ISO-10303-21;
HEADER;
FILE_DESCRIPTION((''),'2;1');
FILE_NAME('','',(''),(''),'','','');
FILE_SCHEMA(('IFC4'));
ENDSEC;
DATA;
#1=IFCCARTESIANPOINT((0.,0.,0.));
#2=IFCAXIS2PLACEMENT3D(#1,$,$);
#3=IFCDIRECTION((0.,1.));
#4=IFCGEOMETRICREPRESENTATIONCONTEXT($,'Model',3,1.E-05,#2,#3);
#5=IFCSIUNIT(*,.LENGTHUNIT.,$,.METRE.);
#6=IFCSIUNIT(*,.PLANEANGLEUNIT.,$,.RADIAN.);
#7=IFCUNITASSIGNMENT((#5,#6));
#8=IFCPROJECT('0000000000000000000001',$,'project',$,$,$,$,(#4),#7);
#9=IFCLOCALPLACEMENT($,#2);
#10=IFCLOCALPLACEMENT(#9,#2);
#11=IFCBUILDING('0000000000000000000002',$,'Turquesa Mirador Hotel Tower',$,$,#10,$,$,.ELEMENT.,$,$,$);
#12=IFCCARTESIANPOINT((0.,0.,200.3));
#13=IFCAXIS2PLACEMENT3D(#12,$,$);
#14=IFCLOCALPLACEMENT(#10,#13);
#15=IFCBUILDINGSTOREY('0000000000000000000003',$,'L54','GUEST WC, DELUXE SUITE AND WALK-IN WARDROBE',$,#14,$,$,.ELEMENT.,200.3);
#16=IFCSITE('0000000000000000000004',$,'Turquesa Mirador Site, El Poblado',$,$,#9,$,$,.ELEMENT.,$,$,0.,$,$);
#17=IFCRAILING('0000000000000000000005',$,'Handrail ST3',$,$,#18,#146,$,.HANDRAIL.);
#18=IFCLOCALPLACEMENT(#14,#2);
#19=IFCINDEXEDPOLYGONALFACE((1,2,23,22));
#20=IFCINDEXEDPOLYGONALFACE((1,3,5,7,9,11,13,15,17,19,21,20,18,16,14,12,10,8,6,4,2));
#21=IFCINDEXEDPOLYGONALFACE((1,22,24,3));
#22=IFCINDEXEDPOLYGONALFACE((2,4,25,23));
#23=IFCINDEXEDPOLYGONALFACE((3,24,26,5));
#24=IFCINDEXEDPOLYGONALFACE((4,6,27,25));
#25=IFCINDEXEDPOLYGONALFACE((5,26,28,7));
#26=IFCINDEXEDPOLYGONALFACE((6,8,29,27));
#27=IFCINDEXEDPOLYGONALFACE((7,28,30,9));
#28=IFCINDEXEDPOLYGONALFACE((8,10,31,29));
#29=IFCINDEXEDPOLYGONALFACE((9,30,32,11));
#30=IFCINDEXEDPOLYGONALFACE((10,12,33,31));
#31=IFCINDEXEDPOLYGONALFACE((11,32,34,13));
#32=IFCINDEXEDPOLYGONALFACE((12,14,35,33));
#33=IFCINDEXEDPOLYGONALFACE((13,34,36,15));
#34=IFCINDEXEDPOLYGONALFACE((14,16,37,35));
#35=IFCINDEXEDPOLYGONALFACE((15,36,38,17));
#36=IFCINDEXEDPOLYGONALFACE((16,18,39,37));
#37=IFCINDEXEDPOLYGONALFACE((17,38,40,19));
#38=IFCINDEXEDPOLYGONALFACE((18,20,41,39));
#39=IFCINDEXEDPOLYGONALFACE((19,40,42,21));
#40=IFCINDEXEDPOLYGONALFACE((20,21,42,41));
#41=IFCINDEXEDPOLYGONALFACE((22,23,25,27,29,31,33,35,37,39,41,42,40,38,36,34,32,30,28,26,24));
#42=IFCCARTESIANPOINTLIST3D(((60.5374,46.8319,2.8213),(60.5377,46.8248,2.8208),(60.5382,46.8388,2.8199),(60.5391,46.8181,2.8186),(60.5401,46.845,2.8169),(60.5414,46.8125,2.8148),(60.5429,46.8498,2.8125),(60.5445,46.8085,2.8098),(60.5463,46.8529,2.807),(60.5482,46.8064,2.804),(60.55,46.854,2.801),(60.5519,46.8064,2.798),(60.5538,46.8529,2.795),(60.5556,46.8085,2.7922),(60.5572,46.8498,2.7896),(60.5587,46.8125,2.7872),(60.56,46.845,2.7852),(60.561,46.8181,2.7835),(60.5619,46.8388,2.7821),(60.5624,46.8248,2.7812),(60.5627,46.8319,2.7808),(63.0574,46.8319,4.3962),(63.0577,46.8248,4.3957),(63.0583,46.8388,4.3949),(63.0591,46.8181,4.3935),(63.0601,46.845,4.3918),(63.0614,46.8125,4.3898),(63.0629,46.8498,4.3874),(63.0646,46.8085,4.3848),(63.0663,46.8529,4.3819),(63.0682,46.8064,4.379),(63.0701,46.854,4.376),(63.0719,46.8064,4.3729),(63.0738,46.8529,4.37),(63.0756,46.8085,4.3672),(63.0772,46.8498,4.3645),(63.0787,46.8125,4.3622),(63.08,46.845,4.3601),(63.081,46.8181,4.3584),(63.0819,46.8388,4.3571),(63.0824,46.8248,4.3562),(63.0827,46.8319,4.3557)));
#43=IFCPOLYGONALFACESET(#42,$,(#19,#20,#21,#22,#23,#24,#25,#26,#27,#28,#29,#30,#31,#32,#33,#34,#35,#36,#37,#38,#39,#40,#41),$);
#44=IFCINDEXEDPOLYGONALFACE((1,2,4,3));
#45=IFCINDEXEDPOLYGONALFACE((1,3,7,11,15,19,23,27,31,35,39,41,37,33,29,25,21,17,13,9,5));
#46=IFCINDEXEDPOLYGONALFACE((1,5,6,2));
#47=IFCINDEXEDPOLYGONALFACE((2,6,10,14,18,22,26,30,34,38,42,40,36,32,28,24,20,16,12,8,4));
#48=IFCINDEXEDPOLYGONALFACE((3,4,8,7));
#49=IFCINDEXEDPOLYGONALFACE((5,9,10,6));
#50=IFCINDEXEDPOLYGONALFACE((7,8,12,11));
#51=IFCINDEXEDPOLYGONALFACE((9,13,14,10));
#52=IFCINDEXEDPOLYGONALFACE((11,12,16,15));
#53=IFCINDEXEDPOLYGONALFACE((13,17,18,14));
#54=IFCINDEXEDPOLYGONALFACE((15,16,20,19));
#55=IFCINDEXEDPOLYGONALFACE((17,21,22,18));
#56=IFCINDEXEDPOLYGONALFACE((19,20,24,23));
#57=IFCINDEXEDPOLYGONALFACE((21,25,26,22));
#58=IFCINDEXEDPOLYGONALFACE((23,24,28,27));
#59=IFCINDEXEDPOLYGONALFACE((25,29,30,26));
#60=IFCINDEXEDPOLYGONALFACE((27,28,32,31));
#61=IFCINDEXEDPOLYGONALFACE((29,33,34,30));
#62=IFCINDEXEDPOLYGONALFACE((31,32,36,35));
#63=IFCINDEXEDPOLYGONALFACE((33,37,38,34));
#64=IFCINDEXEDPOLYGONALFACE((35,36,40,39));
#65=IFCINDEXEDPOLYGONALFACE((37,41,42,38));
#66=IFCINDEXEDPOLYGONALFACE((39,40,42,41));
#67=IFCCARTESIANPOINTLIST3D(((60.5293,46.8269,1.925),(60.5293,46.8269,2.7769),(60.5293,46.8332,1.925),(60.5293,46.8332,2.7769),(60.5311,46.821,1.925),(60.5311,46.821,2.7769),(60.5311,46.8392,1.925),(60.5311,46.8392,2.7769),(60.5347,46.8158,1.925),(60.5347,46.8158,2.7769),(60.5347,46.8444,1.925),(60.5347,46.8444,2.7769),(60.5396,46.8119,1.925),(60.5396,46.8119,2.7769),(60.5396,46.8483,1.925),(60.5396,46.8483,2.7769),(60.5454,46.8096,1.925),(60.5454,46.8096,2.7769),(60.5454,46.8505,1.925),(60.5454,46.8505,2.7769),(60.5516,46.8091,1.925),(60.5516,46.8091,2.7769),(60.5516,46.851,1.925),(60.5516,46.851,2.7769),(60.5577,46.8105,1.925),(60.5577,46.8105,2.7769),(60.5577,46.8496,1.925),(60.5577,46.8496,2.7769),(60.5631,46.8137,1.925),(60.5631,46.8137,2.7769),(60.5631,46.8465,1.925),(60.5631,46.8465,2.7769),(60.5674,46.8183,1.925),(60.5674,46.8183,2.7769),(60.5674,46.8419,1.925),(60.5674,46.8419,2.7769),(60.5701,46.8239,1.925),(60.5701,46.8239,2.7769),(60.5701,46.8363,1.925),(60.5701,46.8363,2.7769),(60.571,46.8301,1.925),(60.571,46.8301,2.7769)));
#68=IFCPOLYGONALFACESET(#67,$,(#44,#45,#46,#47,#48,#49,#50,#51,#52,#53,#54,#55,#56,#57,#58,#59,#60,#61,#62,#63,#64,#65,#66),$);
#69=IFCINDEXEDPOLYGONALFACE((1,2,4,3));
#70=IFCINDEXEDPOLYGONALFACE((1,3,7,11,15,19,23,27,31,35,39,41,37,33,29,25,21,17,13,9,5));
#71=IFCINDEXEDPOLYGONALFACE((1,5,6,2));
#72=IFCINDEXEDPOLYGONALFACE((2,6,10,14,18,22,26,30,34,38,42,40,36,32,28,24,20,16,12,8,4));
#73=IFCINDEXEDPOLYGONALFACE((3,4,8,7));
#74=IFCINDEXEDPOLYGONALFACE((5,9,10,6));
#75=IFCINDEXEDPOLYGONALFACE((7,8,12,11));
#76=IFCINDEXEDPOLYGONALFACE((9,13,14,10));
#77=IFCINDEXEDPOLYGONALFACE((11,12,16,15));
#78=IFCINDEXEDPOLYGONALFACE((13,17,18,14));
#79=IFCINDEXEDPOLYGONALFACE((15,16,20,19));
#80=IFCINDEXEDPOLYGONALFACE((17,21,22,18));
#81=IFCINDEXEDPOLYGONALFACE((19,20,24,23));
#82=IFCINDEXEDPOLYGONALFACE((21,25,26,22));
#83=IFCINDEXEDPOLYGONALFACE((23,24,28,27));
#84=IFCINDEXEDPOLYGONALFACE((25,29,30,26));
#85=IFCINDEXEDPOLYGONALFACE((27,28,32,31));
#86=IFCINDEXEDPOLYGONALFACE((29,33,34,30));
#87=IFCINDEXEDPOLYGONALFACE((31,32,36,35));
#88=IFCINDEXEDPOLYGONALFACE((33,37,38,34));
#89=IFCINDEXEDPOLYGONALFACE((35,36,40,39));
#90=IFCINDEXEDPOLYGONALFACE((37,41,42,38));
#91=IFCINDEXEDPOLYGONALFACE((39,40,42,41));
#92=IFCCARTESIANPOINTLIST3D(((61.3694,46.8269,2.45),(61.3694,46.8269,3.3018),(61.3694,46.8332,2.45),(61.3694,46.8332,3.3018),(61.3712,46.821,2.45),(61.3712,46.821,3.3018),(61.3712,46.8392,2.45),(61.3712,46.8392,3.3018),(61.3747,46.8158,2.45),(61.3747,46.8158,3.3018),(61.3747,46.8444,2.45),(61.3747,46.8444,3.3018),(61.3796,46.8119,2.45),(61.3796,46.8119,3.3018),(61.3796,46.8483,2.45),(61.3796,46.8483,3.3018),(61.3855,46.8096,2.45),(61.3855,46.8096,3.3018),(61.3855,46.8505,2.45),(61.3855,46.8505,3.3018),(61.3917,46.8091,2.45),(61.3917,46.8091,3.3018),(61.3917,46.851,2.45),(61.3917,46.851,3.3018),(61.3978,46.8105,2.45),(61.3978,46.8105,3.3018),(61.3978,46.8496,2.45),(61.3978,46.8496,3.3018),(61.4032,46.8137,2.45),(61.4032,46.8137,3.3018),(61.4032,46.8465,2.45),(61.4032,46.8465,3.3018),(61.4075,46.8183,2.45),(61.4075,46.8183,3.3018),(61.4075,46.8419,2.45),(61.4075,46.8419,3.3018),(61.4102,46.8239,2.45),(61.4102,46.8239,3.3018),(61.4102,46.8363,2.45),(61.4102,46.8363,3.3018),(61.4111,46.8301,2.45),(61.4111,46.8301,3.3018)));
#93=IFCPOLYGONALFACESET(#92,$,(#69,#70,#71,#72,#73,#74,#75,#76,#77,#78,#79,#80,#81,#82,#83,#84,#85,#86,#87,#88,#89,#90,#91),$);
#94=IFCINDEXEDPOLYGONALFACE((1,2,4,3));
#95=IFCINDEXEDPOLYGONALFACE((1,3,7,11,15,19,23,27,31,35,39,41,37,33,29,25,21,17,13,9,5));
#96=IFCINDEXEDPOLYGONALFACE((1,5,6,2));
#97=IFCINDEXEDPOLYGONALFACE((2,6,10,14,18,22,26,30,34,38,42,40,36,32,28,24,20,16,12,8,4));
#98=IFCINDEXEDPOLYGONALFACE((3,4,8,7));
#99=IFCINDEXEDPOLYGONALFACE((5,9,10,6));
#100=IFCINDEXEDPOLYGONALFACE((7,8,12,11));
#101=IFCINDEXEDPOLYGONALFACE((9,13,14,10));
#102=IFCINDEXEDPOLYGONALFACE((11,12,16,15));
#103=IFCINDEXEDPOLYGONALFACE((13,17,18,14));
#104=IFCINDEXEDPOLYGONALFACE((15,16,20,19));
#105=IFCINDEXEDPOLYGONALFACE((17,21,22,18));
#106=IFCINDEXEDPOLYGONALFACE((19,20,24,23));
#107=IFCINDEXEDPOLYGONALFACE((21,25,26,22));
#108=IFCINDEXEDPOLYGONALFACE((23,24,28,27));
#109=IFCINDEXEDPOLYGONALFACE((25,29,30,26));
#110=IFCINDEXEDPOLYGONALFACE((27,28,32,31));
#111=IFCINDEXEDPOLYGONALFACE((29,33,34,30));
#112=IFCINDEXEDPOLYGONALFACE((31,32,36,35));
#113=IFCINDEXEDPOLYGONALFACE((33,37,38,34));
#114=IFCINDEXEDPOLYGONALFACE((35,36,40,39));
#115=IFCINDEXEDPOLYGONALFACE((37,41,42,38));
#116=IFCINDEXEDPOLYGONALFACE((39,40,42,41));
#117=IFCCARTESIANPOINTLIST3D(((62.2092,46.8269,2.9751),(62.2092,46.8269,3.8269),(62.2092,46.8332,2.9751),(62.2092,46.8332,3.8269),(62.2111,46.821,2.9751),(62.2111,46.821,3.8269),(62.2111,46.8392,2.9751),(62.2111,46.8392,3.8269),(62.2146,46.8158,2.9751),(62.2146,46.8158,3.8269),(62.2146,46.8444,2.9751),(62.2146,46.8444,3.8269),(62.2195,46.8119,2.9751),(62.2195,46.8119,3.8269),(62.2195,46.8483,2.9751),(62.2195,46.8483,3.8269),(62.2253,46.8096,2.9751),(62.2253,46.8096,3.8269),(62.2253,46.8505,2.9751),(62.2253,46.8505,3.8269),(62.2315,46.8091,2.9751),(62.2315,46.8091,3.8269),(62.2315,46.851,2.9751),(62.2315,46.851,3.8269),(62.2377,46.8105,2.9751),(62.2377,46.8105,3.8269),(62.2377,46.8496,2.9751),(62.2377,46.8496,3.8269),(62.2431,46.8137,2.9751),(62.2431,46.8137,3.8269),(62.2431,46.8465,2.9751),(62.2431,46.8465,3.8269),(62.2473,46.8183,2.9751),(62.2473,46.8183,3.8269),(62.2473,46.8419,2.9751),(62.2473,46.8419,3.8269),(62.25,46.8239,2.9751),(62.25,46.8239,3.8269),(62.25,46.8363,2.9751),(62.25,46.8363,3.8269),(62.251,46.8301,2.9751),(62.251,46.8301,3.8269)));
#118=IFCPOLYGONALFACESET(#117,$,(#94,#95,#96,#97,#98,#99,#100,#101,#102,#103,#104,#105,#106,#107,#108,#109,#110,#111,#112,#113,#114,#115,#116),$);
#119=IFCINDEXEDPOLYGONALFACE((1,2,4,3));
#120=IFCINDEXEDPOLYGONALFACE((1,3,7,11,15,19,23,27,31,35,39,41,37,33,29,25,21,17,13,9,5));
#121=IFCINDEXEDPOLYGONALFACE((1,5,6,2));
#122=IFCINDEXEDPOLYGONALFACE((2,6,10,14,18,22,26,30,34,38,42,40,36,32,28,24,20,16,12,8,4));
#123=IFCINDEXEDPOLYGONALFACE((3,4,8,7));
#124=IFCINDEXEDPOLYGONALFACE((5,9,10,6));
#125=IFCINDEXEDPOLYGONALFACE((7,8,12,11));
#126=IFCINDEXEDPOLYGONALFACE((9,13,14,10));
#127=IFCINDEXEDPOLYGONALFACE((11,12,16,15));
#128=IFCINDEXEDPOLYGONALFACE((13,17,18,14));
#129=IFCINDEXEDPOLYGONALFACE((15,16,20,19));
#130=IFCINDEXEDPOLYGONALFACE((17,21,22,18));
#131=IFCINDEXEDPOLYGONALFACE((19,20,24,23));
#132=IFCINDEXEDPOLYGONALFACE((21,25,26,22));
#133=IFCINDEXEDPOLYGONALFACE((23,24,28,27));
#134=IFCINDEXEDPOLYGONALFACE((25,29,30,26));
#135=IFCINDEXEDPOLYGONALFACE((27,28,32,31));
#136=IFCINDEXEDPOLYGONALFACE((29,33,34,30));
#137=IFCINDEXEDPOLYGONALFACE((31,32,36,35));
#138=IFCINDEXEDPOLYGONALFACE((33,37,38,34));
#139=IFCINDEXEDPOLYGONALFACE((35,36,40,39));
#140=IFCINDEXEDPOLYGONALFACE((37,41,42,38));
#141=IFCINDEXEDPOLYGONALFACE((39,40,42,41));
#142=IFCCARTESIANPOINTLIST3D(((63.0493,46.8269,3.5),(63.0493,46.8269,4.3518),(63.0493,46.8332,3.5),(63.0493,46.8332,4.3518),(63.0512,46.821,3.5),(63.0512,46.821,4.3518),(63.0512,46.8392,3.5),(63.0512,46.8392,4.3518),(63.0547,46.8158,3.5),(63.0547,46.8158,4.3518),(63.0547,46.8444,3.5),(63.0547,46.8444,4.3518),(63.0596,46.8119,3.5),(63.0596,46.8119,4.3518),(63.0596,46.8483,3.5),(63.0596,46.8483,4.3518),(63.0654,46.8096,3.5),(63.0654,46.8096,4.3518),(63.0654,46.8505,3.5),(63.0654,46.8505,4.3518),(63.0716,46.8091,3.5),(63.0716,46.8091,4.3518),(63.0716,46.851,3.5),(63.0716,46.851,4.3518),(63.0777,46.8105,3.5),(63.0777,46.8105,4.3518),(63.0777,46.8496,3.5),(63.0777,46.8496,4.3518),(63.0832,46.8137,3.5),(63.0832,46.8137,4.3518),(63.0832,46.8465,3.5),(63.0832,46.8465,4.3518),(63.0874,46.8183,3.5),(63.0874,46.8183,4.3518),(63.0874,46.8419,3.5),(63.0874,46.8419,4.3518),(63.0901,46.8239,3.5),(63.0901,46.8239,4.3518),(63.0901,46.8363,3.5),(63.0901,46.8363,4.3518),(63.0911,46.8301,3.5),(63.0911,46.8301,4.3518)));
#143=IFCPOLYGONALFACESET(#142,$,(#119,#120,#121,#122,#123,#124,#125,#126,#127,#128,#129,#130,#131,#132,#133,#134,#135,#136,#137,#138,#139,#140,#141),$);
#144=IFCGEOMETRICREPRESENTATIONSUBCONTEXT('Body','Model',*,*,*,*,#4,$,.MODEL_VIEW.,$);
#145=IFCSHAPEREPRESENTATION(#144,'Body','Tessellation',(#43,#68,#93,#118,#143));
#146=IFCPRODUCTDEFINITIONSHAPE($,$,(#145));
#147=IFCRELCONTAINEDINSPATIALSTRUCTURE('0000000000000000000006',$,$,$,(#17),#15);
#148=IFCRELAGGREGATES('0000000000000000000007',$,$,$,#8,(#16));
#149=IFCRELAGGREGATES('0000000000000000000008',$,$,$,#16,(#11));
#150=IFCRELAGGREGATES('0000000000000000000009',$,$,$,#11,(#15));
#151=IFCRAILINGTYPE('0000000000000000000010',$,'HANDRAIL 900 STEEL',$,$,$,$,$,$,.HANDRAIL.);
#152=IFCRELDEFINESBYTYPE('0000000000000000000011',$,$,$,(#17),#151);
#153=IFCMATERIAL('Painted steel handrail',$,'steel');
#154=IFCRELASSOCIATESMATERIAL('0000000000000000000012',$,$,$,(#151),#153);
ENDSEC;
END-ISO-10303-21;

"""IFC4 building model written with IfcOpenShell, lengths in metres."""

from ifc_helpers import new_model, si_unit, direction, frame, origin, origin_2d, place, context, subcontext, project, spatial, circle, extrude, material, type_object, element, save


model = new_model("IFC4")

# Units and contexts
model_context = context("Model", 3, precision=1e-05, world=origin(), true_north=direction((0.0, 1.0)))
body_context = subcontext(model_context, "Body", "Model", "MODEL_VIEW")
ifc_project = project(units=[si_unit("LENGTHUNIT", "METRE"), si_unit("PLANEANGLEUNIT", "RADIAN")], contexts=[model_context])

# Site, building, storey
site_placement = place(None, origin())
site = spatial("IfcSite", under=ifc_project, at=site_placement, Name="Turquesa Mirador Site, El Poblado", CompositionType="ELEMENT", RefElevation=0.0)
building_placement = place(site_placement, origin())
building = spatial("IfcBuilding", under=site, at=building_placement, Name="Turquesa Mirador Hotel Tower", CompositionType="ELEMENT")
storey_placement = place(building_placement, frame((0.0, 0.0, 200.3)))
storey = spatial("IfcBuildingStorey", under=building, at=storey_placement, Name="L54", Description="GUEST WC, DELUXE SUITE AND WALK-IN WARDROBE", CompositionType="ELEMENT", Elevation=200.3)

# Railing
ifc_material_1 = material(Name="Painted steel handrail", Category="steel")
railing_type = type_object("IfcRailingType", Name="HANDRAIL 900 STEEL", PredefinedType="HANDRAIL", material=ifc_material_1)
railing_1_placement = place(storey_placement, frame((60.55, 46.8301, 1.925)))
element("IfcRailing", 1, at=railing_1_placement, inside=storey, type_object=railing_type, Name="Handrail ST3", PredefinedType="HANDRAIL", context=body_context, shape_type="SweptSolid", body=[
    extrude(circle(Radius=0.0239, at=origin_2d()), frame((0.0, 0.0, 0.876), z_axis=(0.848008, 0.0, 0.529984), x_axis=(0.0, 1.0, 0.0)), (0.0, 0.0, 1.0), 2.9717),
    extrude(circle(Radius=0.021, at=origin_2d()), origin(), (0.0, 0.0, 1.0), 0.8518),
    extrude(circle(Radius=0.021, at=origin_2d()), frame((0.8401, 0.0, 0.5249)), (0.0, 0.0, 1.0), 0.8518),
    extrude(circle(Radius=0.021, at=origin_2d()), frame((1.6799, 0.0, 1.05)), (0.0, 0.0, 1.0), 0.8518),
    extrude(circle(Radius=0.021, at=origin_2d()), frame((2.52, 0.0, 1.575)), (0.0, 0.0, 1.0), 0.8518),
])

save(model, "model.ifc")
